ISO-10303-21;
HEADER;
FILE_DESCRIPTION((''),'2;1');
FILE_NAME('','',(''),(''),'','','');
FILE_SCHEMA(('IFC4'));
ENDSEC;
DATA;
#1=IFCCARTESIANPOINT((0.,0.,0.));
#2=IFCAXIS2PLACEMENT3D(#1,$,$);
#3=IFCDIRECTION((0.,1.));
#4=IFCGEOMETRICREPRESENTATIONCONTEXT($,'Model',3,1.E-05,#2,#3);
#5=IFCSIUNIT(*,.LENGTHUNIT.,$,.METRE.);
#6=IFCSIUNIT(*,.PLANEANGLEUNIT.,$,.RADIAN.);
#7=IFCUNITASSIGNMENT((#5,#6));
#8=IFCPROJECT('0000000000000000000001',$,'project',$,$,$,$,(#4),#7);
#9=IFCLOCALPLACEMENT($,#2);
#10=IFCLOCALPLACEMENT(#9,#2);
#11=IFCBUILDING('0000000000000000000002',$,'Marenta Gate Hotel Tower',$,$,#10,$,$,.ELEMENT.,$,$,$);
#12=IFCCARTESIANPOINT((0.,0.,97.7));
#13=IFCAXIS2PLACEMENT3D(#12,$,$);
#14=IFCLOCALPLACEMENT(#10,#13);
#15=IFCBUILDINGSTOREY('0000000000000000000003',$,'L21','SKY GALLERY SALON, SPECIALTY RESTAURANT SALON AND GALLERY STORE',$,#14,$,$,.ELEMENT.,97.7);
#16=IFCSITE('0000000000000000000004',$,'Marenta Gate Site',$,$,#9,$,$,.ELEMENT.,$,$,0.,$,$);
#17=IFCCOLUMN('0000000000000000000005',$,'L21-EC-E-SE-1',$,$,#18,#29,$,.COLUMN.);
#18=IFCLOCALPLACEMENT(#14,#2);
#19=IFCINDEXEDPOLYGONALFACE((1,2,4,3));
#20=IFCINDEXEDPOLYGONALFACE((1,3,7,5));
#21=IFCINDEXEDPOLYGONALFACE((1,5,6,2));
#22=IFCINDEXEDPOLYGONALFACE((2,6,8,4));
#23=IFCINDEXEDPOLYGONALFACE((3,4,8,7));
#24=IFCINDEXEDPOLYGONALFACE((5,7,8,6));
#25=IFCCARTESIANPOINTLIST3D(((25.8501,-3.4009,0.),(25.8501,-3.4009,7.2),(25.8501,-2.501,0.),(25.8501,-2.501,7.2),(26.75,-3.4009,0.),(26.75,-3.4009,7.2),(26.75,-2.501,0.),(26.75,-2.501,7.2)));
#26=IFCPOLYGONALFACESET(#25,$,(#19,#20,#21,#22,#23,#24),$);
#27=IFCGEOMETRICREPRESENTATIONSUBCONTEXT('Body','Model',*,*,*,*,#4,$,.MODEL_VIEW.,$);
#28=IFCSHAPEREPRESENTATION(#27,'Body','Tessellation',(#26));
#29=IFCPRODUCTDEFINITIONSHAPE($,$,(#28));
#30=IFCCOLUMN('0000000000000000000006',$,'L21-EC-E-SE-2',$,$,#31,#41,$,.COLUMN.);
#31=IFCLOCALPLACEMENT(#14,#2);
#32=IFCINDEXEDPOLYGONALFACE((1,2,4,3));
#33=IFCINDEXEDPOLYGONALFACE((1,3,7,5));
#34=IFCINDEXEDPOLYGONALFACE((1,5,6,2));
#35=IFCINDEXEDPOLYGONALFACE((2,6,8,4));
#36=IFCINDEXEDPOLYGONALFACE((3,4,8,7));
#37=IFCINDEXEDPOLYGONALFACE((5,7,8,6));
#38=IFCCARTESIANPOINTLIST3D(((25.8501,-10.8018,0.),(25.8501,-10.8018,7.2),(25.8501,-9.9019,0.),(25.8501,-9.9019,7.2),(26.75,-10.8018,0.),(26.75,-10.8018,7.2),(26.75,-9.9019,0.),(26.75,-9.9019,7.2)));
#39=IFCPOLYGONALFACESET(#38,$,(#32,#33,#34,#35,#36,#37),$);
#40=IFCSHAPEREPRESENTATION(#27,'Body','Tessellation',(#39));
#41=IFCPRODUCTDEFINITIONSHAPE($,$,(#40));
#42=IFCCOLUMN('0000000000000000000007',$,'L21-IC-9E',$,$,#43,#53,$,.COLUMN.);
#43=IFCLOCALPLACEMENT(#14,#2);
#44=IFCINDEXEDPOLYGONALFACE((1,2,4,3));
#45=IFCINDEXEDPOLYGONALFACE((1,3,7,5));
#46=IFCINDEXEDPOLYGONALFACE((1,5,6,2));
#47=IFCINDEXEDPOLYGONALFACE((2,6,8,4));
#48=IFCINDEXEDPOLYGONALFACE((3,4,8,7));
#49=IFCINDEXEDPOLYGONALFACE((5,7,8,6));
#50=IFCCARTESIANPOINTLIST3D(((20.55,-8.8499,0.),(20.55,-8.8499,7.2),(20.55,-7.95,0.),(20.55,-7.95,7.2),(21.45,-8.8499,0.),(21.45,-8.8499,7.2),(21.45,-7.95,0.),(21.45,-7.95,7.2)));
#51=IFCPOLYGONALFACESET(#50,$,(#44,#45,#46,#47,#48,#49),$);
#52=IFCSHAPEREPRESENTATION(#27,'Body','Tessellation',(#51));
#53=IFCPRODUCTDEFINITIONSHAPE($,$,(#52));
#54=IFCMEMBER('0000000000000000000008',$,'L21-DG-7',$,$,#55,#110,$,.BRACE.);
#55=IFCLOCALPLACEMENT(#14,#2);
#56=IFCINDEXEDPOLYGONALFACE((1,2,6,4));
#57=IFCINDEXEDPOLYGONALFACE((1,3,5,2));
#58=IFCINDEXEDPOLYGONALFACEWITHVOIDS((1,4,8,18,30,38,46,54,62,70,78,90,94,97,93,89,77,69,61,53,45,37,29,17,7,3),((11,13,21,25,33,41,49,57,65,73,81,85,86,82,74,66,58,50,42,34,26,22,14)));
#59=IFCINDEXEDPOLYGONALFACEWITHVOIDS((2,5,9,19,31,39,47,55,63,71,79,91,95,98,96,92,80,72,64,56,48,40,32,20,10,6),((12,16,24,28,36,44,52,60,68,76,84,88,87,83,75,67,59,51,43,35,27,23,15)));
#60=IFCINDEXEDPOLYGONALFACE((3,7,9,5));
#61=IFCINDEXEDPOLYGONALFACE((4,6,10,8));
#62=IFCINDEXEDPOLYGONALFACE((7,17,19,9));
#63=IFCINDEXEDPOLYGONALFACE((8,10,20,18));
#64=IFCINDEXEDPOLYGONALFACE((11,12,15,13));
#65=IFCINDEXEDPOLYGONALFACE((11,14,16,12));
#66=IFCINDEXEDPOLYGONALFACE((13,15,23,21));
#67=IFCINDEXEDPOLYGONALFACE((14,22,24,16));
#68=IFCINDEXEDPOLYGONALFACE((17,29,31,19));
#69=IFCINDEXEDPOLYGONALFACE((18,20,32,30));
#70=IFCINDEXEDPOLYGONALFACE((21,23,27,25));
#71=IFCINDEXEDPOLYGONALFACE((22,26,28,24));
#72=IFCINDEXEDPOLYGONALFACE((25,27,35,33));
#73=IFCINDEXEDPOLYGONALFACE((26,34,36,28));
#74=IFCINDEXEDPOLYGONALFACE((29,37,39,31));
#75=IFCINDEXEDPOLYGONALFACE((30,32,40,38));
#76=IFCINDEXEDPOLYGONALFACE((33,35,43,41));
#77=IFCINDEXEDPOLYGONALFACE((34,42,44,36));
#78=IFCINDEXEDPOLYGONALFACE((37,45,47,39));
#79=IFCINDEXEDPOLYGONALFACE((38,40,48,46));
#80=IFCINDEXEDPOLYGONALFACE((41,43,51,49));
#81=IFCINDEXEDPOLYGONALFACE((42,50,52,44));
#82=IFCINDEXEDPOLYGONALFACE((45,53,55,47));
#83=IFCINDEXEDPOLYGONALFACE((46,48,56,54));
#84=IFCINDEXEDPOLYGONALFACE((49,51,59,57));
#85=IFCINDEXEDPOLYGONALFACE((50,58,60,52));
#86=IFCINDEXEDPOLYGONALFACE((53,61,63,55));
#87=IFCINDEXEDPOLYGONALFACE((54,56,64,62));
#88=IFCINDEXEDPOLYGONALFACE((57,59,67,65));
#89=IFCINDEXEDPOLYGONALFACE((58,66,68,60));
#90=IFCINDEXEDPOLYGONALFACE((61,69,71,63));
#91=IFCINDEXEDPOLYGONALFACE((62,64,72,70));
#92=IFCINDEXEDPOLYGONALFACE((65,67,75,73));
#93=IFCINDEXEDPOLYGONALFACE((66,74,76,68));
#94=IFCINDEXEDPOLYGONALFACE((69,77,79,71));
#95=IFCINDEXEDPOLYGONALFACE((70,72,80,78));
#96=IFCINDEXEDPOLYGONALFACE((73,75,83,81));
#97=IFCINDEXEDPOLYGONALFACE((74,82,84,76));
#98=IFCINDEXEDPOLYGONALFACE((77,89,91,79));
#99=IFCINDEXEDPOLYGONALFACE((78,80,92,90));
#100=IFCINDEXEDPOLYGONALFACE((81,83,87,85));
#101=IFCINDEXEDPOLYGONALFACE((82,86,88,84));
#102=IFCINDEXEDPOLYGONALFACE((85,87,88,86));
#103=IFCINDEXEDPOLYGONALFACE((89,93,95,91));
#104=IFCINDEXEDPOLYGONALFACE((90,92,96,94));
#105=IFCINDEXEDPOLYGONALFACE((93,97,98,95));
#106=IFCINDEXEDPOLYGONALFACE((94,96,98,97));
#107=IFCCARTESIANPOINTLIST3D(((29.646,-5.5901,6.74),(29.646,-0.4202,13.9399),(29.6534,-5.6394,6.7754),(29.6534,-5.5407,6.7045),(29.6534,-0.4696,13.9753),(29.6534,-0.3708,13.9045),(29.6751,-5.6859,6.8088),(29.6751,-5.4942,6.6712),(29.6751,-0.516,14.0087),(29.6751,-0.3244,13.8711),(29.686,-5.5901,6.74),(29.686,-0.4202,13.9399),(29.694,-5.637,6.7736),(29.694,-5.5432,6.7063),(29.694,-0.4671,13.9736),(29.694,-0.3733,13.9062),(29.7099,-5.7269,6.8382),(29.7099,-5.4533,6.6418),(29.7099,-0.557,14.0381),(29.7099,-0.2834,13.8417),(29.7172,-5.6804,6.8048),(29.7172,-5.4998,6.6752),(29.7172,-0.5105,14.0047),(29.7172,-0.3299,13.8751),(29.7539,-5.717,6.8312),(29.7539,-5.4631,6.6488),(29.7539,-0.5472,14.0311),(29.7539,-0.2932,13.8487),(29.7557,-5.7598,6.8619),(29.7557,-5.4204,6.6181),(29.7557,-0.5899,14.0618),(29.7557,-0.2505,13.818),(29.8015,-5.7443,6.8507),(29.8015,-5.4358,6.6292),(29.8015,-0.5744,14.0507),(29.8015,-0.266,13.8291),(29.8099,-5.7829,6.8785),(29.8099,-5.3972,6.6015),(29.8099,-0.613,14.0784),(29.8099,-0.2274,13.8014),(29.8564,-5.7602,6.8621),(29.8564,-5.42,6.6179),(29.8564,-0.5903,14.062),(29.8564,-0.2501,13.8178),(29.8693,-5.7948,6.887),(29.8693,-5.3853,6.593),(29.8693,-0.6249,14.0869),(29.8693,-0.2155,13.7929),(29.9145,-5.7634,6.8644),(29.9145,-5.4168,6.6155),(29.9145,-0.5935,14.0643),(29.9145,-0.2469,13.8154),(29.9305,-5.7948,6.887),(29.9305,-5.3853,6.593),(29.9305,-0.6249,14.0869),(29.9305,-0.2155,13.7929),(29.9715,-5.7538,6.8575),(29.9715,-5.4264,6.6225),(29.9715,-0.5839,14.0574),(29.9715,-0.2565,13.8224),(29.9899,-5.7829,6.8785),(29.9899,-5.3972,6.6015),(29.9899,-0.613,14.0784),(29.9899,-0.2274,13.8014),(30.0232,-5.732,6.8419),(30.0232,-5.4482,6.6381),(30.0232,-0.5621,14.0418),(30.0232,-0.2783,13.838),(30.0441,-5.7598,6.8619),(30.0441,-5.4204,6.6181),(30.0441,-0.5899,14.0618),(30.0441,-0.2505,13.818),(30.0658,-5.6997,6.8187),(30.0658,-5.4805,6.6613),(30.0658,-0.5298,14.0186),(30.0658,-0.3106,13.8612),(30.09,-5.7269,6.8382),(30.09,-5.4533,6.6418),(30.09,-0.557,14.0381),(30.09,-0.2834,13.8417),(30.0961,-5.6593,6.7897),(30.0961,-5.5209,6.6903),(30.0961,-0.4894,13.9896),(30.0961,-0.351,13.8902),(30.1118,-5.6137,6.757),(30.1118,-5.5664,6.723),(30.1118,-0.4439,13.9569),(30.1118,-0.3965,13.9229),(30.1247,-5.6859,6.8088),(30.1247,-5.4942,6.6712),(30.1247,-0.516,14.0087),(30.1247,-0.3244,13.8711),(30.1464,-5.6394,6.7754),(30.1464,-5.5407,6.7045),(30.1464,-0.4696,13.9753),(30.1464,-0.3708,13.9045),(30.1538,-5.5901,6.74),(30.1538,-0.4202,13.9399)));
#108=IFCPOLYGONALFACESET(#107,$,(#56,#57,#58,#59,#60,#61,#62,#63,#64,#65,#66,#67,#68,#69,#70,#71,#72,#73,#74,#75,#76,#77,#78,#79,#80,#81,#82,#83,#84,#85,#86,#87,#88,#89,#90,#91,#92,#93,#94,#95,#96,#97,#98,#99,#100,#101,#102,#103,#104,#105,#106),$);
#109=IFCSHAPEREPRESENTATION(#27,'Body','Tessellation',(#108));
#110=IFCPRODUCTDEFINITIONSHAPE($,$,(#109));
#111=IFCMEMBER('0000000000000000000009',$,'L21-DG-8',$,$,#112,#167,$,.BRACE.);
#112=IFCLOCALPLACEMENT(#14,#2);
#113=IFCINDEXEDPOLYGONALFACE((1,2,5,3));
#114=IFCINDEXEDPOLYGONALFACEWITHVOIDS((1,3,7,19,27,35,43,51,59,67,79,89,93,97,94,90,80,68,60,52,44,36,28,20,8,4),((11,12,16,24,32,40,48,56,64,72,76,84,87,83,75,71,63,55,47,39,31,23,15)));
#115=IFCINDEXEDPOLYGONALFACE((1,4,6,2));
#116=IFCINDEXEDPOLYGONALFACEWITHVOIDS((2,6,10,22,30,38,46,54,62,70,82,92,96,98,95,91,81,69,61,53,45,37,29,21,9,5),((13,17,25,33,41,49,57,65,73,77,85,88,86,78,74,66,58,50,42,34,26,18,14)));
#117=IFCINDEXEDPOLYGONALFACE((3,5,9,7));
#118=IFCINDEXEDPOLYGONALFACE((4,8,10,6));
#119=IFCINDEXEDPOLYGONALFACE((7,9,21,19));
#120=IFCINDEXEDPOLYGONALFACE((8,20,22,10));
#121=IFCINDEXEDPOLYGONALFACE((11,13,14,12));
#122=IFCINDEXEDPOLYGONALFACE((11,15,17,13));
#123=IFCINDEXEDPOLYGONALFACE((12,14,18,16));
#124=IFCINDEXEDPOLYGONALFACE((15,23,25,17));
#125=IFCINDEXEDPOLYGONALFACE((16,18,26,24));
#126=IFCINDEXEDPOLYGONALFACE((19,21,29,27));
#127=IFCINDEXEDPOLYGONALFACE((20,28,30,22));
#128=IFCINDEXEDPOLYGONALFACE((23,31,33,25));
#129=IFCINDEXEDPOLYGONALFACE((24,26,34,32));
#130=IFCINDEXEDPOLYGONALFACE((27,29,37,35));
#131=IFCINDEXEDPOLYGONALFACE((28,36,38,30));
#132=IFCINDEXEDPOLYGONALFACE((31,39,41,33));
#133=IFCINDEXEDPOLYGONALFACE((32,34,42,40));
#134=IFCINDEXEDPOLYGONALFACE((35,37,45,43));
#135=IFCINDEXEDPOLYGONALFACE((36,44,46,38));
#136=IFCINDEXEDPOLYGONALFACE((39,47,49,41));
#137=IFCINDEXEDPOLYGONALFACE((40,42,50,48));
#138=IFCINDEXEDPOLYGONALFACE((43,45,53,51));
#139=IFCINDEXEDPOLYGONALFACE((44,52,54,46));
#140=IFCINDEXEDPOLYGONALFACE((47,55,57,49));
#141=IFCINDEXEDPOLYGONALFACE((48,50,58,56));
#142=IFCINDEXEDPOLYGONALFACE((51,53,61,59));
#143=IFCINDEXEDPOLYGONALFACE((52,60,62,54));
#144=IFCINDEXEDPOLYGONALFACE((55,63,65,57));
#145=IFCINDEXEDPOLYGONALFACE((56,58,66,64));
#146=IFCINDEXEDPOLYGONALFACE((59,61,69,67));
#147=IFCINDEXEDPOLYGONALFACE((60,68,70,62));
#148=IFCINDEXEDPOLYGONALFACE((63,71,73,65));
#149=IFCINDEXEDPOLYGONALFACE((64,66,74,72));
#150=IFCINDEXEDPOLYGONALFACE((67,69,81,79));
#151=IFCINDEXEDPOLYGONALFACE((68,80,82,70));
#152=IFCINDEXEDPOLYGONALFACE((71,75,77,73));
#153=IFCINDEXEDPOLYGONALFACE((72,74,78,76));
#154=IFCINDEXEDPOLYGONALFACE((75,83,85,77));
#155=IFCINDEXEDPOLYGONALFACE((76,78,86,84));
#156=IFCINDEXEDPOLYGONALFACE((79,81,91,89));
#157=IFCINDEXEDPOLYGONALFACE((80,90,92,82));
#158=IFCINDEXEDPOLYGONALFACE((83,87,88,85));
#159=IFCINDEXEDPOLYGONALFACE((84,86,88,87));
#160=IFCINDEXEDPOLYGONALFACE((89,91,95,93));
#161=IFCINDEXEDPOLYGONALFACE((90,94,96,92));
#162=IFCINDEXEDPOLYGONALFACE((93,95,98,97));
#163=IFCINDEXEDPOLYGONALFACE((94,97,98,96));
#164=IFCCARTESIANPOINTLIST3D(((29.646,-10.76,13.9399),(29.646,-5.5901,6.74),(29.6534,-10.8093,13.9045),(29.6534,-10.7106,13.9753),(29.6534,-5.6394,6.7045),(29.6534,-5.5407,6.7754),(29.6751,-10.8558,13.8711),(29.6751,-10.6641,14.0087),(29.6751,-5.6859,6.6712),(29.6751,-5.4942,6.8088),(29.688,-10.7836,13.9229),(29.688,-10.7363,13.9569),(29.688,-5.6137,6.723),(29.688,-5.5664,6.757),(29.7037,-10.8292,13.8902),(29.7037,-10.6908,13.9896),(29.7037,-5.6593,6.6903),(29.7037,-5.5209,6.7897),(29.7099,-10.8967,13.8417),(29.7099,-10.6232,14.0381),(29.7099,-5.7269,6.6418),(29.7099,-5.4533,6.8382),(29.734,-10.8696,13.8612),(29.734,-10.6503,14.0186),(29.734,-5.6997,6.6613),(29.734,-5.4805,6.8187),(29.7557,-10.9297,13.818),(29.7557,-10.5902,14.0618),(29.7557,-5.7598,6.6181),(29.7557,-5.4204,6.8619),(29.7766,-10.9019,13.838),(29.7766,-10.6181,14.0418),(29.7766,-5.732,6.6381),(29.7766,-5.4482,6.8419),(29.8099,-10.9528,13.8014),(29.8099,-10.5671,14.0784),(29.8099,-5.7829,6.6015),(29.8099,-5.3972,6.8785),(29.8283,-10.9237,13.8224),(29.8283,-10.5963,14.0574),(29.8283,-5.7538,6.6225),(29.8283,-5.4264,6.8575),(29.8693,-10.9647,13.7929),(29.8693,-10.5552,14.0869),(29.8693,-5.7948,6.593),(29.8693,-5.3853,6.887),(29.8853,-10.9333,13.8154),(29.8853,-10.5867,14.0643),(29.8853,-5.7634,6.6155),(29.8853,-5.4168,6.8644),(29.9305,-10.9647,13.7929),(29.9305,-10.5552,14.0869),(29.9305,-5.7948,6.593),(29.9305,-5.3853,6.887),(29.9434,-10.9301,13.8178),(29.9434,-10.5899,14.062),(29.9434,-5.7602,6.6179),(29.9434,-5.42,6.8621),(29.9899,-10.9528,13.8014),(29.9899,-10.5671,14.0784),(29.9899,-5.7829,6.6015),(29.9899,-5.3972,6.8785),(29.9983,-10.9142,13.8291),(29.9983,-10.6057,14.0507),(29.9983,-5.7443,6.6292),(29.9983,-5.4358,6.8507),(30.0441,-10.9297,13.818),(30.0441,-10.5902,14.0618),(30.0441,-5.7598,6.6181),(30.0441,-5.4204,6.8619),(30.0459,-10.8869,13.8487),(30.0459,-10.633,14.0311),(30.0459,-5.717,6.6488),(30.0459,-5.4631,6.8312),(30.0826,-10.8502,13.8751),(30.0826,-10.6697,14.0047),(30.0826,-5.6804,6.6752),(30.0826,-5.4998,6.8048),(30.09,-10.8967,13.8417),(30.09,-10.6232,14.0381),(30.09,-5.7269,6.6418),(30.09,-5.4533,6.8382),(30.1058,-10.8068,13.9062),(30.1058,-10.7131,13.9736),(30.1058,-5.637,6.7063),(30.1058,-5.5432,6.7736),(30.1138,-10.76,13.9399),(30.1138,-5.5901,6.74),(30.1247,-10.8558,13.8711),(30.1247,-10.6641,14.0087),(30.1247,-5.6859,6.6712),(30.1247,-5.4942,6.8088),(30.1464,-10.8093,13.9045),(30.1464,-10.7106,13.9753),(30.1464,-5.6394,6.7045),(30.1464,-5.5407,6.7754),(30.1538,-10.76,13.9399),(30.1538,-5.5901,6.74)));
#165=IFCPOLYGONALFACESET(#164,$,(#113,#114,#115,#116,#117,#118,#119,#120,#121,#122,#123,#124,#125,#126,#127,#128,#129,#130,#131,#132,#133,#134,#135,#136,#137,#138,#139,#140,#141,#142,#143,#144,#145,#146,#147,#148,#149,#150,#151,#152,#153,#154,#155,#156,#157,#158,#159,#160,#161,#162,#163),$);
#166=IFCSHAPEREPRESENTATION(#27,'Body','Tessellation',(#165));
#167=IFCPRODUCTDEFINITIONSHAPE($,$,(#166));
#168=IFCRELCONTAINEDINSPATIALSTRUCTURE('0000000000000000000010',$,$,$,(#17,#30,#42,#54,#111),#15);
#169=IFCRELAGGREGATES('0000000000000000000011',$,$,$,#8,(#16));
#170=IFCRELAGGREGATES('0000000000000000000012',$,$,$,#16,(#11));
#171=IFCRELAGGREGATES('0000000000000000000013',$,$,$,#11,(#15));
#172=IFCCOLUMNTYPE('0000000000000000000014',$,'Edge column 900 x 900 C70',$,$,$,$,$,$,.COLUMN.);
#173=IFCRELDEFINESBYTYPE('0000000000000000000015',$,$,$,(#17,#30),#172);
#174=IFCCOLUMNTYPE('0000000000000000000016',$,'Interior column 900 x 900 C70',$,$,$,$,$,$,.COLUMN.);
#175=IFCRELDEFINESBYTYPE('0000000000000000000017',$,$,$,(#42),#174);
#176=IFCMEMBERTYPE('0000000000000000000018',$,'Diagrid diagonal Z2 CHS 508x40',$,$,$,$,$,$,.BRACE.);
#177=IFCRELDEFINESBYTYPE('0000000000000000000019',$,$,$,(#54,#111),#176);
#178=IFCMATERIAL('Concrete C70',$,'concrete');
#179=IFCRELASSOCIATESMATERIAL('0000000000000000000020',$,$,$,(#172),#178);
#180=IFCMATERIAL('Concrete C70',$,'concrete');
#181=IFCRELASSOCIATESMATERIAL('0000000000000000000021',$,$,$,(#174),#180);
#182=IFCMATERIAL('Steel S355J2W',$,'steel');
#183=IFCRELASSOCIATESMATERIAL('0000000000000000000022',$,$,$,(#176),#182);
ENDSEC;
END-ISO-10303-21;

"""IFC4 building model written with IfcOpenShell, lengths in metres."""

from ifc_helpers import new_model, si_unit, direction, frame, origin, origin_2d, place, context, subcontext, project, spatial, rectangle, hollow_circle, extrude, material, material_profile, profile_set, type_object, element, save


model = new_model("IFC4")

# Units and contexts
model_context = context("Model", 3, precision=1e-05, world=origin(), true_north=direction((0.0, 1.0)))
body_context = subcontext(model_context, "Body", "Model", "MODEL_VIEW")
ifc_project = project(units=[si_unit("LENGTHUNIT", "METRE"), si_unit("PLANEANGLEUNIT", "RADIAN")], contexts=[model_context])

# Site, building, storey
site_placement = place(None, origin())
site = spatial("IfcSite", under=ifc_project, at=site_placement, Name="Marenta Gate Site", CompositionType="ELEMENT", RefElevation=0.0)
building_placement = place(site_placement, origin())
building = spatial("IfcBuilding", under=site, at=building_placement, Name="Marenta Gate Hotel Tower", CompositionType="ELEMENT")
storey_placement = place(building_placement, frame((0.0, 0.0, 97.7)))
storey = spatial("IfcBuildingStorey", under=building, at=storey_placement, Name="L21", Description="SKY GALLERY SALON, SPECIALTY RESTAURANT SALON AND GALLERY STORE", CompositionType="ELEMENT", Elevation=97.7)

# Columns
ifc_material_1 = material(Name="Concrete C70", Category="concrete")
ifc_material_profile_1 = material_profile(ifc_material_1, rectangle(XDim=0.8999, YDim=0.8999, at=origin_2d()), Name="900 x 900")
ifc_profile_set_1 = profile_set([ifc_material_profile_1], Name="Concrete C70")
column_type_1 = type_object("IfcColumnType", Name="Edge column 900 x 900 C70", PredefinedType="COLUMN", material=ifc_profile_set_1)
for number, where, z_axis, x_axis, name in (
    (1, (26.3, -2.9509, 0.0), (0.0, 0.0, 1.0), (1.0, 0.0, 0.0), "L21-EC-E-SE-1"),
    (2, (26.3, -10.3518, 0.0), (0.0, 0.0, 1.0), (1.0, 0.0, 0.0), "L21-EC-E-SE-2"),
):
    element("IfcColumn", number, at=place(storey_placement, frame(where, z_axis=z_axis, x_axis=x_axis)), inside=storey, type_object=column_type_1, Name=name, PredefinedType="COLUMN", context=body_context, shape_type="SweptSolid", body=[
        extrude(rectangle(XDim=0.8999, YDim=0.8999, at=origin_2d()), origin(), (0.0, 0.0, 1.0), 7.2),
    ])
ifc_material_2 = material(Name="Concrete C70", Category="concrete")
ifc_material_profile_2 = material_profile(ifc_material_2, rectangle(XDim=0.8999, YDim=0.8999, at=origin_2d()), Name="900 x 900")
ifc_profile_set_2 = profile_set([ifc_material_profile_2], Name="Concrete C70")
column_type_2 = type_object("IfcColumnType", Name="Interior column 900 x 900 C70", PredefinedType="COLUMN", material=ifc_profile_set_2)
column_placement = place(storey_placement, frame((21.0, -8.3999, 0.0), z_axis=(0.0, 0.0, 1.0), x_axis=(1.0, 0.0, 0.0)))
element("IfcColumn", 3, at=column_placement, inside=storey, type_object=column_type_2, Name="L21-IC-9E", PredefinedType="COLUMN", context=body_context, shape_type="SweptSolid", body=[
    extrude(rectangle(XDim=0.8999, YDim=0.8999, at=origin_2d()), origin(), (0.0, 0.0, 1.0), 7.2),
])

# Members
ifc_material_3 = material(Name="Steel S355J2W", Category="steel")
ifc_material_profile_3 = material_profile(ifc_material_3, hollow_circle(Radius=0.2539, WallThickness=0.04, at=origin_2d()), Name="CHS 508x40")
ifc_profile_set_3 = profile_set([ifc_material_profile_3], Name="Steel S355J2W")
member_type_1 = type_object("IfcMemberType", Name="Diagrid diagonal Z2 CHS 508x40", PredefinedType="BRACE", material=ifc_profile_set_3)
for number, where, z_axis, x_axis, name in (
    (4, (29.8999, -5.5901, 6.74), (0.0, 0.583261, 0.812285), (-1.0, 0.0, 0.0), "L21-DG-7"),
    (5, (29.8999, -5.5901, 6.74), (0.0, -0.583261, 0.812285), (1.0, 0.0, 0.0), "L21-DG-8"),
):
    element("IfcMember", number, at=place(storey_placement, frame(where, z_axis=z_axis, x_axis=x_axis)), inside=storey, type_object=member_type_1, Name=name, PredefinedType="BRACE", context=body_context, shape_type="SweptSolid", body=[
        extrude(hollow_circle(Radius=0.2539, WallThickness=0.04, at=origin_2d()), origin(), (0.0, 0.0, 1.0), 8.8638),
    ])

save(model, "model.ifc")
